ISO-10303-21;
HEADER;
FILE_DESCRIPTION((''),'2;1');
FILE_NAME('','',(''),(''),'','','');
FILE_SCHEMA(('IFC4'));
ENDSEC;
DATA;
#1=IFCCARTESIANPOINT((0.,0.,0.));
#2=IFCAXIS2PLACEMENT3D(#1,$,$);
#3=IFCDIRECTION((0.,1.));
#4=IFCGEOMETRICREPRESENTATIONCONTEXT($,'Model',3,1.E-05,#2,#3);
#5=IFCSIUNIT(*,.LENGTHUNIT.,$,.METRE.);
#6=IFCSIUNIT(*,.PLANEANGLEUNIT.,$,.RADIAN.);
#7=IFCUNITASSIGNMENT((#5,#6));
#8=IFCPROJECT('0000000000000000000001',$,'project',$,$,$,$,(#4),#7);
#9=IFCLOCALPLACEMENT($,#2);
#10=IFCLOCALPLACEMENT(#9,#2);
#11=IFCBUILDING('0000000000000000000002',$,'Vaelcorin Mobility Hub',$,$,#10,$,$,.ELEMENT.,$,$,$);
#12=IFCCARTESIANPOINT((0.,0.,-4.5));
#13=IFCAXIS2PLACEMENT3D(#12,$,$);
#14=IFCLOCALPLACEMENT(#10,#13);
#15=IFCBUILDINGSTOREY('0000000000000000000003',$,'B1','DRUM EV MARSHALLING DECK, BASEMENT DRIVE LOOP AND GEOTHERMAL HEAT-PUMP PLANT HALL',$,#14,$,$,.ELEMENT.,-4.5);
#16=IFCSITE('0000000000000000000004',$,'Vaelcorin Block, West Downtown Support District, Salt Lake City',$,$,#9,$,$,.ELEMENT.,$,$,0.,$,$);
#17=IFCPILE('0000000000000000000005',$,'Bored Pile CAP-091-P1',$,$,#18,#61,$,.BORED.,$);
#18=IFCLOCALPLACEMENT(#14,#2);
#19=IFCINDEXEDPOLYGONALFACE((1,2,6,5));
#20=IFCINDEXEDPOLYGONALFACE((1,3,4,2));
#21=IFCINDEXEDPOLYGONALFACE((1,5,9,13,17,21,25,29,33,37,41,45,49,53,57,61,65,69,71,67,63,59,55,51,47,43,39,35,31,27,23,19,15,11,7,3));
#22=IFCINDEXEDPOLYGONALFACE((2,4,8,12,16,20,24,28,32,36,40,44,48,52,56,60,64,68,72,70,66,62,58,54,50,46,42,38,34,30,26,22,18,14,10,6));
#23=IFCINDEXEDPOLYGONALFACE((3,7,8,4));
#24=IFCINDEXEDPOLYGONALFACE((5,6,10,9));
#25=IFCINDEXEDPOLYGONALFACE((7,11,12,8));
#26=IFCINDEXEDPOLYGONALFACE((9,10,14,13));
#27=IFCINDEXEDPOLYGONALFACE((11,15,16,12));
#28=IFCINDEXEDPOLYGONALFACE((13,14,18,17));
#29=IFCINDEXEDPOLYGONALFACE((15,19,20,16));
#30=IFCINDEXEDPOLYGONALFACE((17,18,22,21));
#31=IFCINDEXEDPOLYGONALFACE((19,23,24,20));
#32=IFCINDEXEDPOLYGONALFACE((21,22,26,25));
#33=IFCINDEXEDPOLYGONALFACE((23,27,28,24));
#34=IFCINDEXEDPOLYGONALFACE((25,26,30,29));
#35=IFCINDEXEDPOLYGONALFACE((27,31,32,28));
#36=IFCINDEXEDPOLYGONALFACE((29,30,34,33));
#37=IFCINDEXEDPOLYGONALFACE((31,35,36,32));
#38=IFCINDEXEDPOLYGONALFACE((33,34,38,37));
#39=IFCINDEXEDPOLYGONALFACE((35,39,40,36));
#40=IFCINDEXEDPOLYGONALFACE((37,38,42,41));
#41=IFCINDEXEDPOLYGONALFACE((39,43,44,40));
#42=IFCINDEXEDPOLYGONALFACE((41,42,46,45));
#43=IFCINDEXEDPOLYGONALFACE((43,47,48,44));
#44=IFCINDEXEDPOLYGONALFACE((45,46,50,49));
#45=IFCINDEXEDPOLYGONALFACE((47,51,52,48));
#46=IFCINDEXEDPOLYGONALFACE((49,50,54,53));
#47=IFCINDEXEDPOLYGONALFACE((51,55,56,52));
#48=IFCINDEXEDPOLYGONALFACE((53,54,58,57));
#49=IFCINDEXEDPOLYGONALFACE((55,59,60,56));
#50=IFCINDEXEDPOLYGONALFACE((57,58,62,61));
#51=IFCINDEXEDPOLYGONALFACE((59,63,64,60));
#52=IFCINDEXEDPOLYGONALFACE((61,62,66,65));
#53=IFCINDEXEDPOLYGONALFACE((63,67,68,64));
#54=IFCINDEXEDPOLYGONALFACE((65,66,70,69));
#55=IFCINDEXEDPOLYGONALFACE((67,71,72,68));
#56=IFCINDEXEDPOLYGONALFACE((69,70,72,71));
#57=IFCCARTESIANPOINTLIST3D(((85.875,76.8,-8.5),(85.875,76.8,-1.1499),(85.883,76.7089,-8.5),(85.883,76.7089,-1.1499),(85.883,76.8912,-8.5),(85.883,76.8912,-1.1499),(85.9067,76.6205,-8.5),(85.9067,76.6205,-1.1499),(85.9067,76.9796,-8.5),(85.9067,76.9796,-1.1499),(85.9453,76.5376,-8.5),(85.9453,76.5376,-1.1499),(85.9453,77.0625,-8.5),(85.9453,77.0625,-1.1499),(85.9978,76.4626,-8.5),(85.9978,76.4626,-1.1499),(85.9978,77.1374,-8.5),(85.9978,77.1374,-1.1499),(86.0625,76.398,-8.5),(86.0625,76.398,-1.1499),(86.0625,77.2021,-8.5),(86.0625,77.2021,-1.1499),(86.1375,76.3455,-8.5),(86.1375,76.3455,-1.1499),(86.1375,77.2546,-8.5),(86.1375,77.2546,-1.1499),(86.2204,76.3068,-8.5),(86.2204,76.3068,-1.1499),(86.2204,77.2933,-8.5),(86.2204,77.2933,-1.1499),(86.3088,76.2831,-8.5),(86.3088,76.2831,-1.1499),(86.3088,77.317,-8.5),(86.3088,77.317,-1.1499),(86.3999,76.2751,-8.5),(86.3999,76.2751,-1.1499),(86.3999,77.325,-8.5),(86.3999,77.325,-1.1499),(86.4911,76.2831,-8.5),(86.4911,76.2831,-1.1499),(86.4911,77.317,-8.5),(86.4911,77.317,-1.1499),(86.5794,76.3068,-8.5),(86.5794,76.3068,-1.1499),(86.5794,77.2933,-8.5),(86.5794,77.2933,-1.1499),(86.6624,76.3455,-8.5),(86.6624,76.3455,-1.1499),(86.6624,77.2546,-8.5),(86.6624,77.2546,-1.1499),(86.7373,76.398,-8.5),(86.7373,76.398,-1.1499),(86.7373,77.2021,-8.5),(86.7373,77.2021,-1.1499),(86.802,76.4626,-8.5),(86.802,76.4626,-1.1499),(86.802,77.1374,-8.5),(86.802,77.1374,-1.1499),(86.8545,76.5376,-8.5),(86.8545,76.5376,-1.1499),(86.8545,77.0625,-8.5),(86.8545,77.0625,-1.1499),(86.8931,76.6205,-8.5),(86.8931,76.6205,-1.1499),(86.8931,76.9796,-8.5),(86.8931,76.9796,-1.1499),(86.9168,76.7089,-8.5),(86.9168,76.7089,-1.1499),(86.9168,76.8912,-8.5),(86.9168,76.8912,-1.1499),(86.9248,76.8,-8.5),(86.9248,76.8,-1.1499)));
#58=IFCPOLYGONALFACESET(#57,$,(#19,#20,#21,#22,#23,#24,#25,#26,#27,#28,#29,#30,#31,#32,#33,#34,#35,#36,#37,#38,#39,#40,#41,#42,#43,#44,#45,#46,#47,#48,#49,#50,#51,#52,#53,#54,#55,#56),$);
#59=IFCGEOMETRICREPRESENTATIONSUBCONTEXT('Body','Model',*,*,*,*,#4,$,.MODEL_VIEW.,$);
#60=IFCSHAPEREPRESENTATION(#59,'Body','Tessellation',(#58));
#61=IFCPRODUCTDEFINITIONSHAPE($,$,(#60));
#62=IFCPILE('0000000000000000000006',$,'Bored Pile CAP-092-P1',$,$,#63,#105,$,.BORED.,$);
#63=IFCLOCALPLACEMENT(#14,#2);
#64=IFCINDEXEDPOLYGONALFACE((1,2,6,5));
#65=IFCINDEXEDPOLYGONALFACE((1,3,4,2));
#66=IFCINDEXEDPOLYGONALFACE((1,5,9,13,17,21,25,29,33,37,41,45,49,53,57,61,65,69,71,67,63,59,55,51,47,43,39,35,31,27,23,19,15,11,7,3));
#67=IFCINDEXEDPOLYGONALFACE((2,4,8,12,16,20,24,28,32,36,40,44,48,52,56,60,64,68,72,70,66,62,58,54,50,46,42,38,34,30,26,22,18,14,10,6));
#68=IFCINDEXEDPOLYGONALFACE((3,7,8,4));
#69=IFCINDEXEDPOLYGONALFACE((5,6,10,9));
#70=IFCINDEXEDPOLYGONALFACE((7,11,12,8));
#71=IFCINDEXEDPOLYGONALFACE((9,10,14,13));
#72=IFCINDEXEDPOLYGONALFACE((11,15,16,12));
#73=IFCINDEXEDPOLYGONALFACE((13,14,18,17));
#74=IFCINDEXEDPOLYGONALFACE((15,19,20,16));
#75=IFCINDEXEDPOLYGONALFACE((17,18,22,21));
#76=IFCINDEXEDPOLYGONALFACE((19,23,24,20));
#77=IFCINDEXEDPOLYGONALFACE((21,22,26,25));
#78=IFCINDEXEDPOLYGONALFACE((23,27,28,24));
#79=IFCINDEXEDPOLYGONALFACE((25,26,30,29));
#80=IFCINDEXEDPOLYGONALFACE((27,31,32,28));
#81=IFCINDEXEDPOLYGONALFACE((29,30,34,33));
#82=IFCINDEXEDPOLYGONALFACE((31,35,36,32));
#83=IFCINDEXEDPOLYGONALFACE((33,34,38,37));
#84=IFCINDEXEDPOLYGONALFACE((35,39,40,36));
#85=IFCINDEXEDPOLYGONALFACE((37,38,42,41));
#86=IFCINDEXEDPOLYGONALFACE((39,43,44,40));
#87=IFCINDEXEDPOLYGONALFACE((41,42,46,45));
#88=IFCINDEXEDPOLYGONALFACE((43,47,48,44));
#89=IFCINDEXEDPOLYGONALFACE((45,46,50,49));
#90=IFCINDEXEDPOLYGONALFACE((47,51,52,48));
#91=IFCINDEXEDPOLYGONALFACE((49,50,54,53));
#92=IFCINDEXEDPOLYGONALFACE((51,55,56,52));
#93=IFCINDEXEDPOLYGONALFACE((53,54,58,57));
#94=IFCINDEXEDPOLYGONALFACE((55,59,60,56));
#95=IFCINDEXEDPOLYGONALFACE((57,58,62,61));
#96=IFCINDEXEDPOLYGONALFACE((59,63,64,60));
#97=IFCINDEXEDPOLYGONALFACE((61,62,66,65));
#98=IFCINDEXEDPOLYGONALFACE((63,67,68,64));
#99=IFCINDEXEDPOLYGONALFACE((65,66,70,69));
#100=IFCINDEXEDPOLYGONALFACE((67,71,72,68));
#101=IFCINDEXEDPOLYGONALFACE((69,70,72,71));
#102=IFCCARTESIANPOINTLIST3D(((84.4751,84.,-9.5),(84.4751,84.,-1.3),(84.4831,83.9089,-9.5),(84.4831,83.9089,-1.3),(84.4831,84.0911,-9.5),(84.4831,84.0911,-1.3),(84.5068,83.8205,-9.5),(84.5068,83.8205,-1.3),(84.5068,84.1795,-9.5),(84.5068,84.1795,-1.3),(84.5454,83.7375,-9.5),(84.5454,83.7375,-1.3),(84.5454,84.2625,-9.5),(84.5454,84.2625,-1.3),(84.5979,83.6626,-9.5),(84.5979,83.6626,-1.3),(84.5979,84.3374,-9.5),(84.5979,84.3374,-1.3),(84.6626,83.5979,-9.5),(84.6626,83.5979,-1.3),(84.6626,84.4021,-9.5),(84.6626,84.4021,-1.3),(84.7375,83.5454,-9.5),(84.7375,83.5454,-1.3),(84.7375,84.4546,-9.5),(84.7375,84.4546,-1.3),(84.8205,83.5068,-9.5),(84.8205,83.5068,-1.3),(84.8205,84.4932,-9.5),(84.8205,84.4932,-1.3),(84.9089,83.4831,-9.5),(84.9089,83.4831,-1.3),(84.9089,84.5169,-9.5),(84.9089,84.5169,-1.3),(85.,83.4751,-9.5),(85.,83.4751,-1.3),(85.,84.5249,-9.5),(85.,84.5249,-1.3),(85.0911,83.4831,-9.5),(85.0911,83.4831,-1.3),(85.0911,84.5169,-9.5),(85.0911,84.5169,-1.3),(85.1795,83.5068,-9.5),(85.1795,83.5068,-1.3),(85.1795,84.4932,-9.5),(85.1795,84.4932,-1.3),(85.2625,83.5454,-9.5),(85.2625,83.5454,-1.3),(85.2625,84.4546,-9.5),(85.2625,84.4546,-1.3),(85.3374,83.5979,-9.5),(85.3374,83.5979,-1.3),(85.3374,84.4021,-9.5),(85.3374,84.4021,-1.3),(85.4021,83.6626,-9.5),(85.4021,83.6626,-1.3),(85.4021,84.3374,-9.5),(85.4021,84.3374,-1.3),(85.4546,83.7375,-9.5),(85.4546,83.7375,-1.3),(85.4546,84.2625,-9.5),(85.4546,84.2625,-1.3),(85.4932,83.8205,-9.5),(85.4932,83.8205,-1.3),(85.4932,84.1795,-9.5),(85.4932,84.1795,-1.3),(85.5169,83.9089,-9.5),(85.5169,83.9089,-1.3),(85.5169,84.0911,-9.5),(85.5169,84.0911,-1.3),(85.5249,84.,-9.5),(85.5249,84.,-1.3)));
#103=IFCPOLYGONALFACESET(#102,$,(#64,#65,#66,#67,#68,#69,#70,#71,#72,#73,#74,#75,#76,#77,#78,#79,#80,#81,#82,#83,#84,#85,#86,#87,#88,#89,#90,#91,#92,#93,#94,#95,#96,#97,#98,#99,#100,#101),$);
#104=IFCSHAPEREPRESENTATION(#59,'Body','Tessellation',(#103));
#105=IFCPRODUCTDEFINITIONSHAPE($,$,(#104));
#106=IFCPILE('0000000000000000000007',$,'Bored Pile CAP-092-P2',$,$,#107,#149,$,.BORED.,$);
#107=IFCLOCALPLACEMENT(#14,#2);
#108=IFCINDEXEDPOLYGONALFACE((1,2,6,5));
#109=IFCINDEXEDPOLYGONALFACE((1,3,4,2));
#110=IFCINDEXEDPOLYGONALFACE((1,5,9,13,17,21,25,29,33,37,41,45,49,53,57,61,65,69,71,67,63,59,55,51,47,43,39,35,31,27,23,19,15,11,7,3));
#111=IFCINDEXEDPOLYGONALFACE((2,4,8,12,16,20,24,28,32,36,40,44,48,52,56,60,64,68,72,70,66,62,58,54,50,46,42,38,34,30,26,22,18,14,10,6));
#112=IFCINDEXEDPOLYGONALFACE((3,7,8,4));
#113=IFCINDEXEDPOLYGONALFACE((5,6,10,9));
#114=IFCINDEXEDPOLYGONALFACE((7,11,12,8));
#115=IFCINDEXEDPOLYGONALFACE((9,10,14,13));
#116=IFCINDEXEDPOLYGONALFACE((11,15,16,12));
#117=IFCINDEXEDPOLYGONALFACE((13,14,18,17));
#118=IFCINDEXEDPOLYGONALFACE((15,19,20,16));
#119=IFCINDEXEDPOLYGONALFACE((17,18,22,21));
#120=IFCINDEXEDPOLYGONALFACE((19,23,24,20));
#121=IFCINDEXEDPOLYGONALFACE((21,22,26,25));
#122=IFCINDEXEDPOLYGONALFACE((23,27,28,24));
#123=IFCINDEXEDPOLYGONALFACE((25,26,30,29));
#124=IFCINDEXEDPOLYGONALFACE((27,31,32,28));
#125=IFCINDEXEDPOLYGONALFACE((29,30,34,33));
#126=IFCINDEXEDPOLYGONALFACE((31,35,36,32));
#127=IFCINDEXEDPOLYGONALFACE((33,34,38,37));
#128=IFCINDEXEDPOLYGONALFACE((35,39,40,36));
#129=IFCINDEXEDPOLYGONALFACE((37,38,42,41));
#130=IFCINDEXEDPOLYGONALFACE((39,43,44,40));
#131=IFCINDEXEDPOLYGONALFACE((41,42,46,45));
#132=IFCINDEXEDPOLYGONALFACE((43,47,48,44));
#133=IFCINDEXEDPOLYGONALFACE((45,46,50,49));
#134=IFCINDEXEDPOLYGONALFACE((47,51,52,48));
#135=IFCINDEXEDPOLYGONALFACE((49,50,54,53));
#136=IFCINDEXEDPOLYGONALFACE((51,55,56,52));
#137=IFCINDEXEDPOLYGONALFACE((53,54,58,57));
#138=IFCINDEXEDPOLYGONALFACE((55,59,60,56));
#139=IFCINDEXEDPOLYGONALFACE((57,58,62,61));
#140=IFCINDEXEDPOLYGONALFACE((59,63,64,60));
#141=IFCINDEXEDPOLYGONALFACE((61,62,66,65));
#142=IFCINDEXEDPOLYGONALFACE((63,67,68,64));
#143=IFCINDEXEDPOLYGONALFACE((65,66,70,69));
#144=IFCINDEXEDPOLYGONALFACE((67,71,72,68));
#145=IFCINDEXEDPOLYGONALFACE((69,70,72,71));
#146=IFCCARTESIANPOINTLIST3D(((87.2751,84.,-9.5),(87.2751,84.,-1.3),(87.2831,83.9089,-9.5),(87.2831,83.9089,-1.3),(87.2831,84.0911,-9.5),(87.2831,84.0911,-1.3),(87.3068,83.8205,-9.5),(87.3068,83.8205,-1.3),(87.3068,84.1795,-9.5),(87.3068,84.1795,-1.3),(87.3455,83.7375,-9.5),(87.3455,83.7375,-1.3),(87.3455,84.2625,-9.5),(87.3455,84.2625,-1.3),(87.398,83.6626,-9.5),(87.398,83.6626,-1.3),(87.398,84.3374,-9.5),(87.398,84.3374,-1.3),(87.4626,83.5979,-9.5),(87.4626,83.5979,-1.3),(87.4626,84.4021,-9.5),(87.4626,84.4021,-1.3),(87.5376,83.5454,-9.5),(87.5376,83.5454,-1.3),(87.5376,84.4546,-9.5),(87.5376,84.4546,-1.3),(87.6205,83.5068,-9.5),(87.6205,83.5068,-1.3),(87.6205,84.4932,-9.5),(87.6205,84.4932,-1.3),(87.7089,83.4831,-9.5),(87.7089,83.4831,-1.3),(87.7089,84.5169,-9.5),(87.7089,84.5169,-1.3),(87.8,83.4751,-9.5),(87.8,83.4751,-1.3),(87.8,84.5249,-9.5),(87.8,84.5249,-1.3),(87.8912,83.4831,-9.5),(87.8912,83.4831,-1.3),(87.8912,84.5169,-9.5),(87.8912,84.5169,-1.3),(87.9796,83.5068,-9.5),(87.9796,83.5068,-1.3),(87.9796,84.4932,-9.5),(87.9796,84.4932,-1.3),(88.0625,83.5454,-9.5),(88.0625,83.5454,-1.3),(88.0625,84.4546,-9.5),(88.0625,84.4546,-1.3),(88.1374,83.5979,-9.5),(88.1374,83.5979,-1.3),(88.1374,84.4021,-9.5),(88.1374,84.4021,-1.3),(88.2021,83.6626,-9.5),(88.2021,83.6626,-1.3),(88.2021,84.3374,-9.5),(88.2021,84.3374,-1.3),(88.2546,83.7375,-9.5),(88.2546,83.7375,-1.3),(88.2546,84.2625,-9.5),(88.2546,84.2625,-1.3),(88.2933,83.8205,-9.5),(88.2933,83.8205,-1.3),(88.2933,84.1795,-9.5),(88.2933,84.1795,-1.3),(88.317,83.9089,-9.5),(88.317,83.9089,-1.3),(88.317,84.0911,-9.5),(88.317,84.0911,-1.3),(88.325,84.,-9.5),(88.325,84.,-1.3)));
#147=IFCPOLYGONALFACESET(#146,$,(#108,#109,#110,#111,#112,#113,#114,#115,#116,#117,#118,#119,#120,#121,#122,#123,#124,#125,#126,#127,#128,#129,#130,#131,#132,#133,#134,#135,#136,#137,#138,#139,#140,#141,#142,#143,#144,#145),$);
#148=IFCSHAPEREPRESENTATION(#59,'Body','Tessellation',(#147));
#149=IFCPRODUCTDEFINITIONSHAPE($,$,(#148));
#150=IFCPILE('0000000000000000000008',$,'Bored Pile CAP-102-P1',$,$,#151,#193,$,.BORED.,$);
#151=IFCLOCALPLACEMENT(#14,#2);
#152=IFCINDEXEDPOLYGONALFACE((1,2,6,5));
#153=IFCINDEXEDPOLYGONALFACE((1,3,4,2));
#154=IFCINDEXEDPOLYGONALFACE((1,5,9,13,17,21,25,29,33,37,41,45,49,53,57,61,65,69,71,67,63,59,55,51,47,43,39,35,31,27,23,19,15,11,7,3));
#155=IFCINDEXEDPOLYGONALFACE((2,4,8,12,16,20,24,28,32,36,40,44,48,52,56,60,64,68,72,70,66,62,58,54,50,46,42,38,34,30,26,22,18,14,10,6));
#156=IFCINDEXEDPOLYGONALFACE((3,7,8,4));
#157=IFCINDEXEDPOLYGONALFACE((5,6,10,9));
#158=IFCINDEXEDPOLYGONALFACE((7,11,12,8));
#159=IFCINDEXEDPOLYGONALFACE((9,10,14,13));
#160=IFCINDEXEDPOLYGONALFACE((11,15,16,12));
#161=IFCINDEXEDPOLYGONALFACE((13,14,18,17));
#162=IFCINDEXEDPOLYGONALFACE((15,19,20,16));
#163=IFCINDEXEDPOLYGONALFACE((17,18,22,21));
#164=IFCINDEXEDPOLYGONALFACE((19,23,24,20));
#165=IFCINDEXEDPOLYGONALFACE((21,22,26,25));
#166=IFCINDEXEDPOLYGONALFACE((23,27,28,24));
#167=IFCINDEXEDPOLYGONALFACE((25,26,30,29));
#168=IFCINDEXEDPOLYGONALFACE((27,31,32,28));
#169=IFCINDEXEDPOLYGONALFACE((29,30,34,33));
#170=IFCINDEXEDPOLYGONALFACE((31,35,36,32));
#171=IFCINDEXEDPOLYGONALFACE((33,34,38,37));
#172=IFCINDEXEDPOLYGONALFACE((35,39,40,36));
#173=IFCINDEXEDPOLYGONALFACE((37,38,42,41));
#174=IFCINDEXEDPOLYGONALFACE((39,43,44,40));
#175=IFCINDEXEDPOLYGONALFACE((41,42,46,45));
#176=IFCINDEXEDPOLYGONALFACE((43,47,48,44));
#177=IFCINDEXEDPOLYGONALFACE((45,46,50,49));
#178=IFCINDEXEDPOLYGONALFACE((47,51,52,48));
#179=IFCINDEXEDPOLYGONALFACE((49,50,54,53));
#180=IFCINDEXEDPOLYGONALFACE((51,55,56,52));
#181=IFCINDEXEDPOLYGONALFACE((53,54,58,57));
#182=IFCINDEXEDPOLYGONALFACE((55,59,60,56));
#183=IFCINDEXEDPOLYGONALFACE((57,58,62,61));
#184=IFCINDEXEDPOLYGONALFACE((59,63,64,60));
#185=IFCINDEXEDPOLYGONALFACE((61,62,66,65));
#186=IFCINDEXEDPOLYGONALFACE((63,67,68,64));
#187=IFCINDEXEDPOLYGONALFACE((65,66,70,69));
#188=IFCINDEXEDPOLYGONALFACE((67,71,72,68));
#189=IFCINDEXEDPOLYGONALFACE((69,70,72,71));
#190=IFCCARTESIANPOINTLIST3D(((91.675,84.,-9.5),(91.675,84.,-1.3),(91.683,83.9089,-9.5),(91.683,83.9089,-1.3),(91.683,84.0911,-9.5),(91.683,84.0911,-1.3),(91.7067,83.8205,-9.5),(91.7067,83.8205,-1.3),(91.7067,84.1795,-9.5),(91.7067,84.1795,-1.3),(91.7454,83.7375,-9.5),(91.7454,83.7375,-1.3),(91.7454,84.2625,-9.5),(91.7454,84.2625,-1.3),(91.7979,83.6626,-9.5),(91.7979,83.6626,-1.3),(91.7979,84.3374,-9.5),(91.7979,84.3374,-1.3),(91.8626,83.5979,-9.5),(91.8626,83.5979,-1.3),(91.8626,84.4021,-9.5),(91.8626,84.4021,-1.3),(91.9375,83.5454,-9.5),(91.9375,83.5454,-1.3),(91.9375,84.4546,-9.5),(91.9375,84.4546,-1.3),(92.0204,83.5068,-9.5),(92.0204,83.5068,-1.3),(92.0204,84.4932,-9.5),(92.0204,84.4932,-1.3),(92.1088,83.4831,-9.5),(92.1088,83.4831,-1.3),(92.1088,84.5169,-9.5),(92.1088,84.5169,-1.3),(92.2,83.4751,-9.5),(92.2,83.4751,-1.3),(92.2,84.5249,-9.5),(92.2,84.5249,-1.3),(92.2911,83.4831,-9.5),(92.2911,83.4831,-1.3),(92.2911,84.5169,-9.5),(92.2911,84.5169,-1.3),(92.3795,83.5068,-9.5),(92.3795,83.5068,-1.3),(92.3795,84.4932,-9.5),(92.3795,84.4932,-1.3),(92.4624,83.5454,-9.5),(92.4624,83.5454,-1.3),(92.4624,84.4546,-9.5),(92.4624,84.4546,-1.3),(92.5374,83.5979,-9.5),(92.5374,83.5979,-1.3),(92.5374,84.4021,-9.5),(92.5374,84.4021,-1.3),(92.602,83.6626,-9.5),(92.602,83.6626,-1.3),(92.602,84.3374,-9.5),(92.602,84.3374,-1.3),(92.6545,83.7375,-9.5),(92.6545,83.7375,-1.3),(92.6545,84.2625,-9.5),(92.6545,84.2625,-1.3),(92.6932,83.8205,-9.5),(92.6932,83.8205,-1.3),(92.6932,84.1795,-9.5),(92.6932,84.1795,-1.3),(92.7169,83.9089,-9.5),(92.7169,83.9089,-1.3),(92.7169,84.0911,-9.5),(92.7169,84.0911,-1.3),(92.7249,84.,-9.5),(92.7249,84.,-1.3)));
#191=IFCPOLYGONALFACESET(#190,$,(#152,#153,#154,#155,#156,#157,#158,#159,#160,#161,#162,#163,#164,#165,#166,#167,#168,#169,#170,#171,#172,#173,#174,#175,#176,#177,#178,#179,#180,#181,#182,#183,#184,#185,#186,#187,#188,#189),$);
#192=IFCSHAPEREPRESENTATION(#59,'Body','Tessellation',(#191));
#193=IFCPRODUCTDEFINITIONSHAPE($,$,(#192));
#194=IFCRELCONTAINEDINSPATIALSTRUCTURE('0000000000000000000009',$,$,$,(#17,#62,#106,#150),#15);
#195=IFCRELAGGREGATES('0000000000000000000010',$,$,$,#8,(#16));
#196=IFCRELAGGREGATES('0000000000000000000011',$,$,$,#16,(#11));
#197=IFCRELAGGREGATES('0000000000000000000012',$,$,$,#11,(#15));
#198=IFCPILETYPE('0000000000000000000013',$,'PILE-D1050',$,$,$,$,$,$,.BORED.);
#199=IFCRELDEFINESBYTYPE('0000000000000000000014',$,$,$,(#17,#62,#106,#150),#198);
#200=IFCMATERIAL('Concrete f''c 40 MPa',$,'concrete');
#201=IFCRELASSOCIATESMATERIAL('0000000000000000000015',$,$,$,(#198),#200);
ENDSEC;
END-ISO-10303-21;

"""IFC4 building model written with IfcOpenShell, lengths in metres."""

from ifc_helpers import new_model, si_unit, direction, frame, origin, origin_2d, place, context, subcontext, project, spatial, circle, extrude, material, material_profile, profile_set, type_object, element, save


model = new_model("IFC4")

# Units and contexts
model_context = context("Model", 3, precision=1e-05, world=origin(), true_north=direction((0.0, 1.0)))
body_context = subcontext(model_context, "Body", "Model", "MODEL_VIEW")
ifc_project = project(units=[si_unit("LENGTHUNIT", "METRE"), si_unit("PLANEANGLEUNIT", "RADIAN")], contexts=[model_context])

# Site, building, storey
site_placement = place(None, origin())
site = spatial("IfcSite", under=ifc_project, at=site_placement, Name="Vaelcorin Block, West Downtown Support District, Salt Lake City", CompositionType="ELEMENT", RefElevation=0.0)
building_placement = place(site_placement, origin())
building = spatial("IfcBuilding", under=site, at=building_placement, Name="Vaelcorin Mobility Hub", CompositionType="ELEMENT")
storey_placement = place(building_placement, frame((0.0, 0.0, -4.5)))
storey = spatial("IfcBuildingStorey", under=building, at=storey_placement, Name="B1", Description="DRUM EV MARSHALLING DECK, BASEMENT DRIVE LOOP AND GEOTHERMAL HEAT-PUMP PLANT HALL", CompositionType="ELEMENT", Elevation=-4.5)

# Shared definitions
ifc_material_1 = material(Name="Concrete f'c 40 MPa", Category="concrete")

# Piles
ifc_material_profile_1 = material_profile(ifc_material_1, circle(Radius=0.5249, at=origin_2d()), Name="BP-D1050")
ifc_profile_set_1 = profile_set([ifc_material_profile_1], Name="Concrete f'c 40 MPa")
pile_type = type_object("IfcPileType", Name="PILE-D1050", PredefinedType="BORED", material=ifc_profile_set_1)
pile_1_placement = place(storey_placement, frame((86.3999, 76.8, -1.1499), z_axis=(0.0, 0.0, -1.0), x_axis=(1.0, 0.0, 0.0)))
element("IfcPile", 1, at=pile_1_placement, inside=storey, type_object=pile_type, Name="Bored Pile CAP-091-P1", PredefinedType="BORED", context=body_context, shape_type="SweptSolid", body=[
    extrude(circle(Radius=0.5249, at=origin_2d()), origin(), (0.0, 0.0, 1.0), 7.3501),
])
for number, where, z_axis, x_axis, name in (
    (2, (85.0, 84.0, -1.3), (0.0, 0.0, -1.0), (1.0, 0.0, 0.0), "Bored Pile CAP-092-P1"),
    (3, (87.8, 84.0, -1.3), (0.0, 0.0, -1.0), (1.0, 0.0, 0.0), "Bored Pile CAP-092-P2"),
    (4, (92.2, 84.0, -1.3), (0.0, 0.0, -1.0), (1.0, 0.0, 0.0), "Bored Pile CAP-102-P1"),
):
    element("IfcPile", number, at=place(storey_placement, frame(where, z_axis=z_axis, x_axis=x_axis)), inside=storey, type_object=pile_type, Name=name, PredefinedType="BORED", context=body_context, shape_type="SweptSolid", body=[
        extrude(circle(Radius=0.5249, at=origin_2d()), origin(), (0.0, 0.0, 1.0), 8.2),
    ])

save(model, "model.ifc")
